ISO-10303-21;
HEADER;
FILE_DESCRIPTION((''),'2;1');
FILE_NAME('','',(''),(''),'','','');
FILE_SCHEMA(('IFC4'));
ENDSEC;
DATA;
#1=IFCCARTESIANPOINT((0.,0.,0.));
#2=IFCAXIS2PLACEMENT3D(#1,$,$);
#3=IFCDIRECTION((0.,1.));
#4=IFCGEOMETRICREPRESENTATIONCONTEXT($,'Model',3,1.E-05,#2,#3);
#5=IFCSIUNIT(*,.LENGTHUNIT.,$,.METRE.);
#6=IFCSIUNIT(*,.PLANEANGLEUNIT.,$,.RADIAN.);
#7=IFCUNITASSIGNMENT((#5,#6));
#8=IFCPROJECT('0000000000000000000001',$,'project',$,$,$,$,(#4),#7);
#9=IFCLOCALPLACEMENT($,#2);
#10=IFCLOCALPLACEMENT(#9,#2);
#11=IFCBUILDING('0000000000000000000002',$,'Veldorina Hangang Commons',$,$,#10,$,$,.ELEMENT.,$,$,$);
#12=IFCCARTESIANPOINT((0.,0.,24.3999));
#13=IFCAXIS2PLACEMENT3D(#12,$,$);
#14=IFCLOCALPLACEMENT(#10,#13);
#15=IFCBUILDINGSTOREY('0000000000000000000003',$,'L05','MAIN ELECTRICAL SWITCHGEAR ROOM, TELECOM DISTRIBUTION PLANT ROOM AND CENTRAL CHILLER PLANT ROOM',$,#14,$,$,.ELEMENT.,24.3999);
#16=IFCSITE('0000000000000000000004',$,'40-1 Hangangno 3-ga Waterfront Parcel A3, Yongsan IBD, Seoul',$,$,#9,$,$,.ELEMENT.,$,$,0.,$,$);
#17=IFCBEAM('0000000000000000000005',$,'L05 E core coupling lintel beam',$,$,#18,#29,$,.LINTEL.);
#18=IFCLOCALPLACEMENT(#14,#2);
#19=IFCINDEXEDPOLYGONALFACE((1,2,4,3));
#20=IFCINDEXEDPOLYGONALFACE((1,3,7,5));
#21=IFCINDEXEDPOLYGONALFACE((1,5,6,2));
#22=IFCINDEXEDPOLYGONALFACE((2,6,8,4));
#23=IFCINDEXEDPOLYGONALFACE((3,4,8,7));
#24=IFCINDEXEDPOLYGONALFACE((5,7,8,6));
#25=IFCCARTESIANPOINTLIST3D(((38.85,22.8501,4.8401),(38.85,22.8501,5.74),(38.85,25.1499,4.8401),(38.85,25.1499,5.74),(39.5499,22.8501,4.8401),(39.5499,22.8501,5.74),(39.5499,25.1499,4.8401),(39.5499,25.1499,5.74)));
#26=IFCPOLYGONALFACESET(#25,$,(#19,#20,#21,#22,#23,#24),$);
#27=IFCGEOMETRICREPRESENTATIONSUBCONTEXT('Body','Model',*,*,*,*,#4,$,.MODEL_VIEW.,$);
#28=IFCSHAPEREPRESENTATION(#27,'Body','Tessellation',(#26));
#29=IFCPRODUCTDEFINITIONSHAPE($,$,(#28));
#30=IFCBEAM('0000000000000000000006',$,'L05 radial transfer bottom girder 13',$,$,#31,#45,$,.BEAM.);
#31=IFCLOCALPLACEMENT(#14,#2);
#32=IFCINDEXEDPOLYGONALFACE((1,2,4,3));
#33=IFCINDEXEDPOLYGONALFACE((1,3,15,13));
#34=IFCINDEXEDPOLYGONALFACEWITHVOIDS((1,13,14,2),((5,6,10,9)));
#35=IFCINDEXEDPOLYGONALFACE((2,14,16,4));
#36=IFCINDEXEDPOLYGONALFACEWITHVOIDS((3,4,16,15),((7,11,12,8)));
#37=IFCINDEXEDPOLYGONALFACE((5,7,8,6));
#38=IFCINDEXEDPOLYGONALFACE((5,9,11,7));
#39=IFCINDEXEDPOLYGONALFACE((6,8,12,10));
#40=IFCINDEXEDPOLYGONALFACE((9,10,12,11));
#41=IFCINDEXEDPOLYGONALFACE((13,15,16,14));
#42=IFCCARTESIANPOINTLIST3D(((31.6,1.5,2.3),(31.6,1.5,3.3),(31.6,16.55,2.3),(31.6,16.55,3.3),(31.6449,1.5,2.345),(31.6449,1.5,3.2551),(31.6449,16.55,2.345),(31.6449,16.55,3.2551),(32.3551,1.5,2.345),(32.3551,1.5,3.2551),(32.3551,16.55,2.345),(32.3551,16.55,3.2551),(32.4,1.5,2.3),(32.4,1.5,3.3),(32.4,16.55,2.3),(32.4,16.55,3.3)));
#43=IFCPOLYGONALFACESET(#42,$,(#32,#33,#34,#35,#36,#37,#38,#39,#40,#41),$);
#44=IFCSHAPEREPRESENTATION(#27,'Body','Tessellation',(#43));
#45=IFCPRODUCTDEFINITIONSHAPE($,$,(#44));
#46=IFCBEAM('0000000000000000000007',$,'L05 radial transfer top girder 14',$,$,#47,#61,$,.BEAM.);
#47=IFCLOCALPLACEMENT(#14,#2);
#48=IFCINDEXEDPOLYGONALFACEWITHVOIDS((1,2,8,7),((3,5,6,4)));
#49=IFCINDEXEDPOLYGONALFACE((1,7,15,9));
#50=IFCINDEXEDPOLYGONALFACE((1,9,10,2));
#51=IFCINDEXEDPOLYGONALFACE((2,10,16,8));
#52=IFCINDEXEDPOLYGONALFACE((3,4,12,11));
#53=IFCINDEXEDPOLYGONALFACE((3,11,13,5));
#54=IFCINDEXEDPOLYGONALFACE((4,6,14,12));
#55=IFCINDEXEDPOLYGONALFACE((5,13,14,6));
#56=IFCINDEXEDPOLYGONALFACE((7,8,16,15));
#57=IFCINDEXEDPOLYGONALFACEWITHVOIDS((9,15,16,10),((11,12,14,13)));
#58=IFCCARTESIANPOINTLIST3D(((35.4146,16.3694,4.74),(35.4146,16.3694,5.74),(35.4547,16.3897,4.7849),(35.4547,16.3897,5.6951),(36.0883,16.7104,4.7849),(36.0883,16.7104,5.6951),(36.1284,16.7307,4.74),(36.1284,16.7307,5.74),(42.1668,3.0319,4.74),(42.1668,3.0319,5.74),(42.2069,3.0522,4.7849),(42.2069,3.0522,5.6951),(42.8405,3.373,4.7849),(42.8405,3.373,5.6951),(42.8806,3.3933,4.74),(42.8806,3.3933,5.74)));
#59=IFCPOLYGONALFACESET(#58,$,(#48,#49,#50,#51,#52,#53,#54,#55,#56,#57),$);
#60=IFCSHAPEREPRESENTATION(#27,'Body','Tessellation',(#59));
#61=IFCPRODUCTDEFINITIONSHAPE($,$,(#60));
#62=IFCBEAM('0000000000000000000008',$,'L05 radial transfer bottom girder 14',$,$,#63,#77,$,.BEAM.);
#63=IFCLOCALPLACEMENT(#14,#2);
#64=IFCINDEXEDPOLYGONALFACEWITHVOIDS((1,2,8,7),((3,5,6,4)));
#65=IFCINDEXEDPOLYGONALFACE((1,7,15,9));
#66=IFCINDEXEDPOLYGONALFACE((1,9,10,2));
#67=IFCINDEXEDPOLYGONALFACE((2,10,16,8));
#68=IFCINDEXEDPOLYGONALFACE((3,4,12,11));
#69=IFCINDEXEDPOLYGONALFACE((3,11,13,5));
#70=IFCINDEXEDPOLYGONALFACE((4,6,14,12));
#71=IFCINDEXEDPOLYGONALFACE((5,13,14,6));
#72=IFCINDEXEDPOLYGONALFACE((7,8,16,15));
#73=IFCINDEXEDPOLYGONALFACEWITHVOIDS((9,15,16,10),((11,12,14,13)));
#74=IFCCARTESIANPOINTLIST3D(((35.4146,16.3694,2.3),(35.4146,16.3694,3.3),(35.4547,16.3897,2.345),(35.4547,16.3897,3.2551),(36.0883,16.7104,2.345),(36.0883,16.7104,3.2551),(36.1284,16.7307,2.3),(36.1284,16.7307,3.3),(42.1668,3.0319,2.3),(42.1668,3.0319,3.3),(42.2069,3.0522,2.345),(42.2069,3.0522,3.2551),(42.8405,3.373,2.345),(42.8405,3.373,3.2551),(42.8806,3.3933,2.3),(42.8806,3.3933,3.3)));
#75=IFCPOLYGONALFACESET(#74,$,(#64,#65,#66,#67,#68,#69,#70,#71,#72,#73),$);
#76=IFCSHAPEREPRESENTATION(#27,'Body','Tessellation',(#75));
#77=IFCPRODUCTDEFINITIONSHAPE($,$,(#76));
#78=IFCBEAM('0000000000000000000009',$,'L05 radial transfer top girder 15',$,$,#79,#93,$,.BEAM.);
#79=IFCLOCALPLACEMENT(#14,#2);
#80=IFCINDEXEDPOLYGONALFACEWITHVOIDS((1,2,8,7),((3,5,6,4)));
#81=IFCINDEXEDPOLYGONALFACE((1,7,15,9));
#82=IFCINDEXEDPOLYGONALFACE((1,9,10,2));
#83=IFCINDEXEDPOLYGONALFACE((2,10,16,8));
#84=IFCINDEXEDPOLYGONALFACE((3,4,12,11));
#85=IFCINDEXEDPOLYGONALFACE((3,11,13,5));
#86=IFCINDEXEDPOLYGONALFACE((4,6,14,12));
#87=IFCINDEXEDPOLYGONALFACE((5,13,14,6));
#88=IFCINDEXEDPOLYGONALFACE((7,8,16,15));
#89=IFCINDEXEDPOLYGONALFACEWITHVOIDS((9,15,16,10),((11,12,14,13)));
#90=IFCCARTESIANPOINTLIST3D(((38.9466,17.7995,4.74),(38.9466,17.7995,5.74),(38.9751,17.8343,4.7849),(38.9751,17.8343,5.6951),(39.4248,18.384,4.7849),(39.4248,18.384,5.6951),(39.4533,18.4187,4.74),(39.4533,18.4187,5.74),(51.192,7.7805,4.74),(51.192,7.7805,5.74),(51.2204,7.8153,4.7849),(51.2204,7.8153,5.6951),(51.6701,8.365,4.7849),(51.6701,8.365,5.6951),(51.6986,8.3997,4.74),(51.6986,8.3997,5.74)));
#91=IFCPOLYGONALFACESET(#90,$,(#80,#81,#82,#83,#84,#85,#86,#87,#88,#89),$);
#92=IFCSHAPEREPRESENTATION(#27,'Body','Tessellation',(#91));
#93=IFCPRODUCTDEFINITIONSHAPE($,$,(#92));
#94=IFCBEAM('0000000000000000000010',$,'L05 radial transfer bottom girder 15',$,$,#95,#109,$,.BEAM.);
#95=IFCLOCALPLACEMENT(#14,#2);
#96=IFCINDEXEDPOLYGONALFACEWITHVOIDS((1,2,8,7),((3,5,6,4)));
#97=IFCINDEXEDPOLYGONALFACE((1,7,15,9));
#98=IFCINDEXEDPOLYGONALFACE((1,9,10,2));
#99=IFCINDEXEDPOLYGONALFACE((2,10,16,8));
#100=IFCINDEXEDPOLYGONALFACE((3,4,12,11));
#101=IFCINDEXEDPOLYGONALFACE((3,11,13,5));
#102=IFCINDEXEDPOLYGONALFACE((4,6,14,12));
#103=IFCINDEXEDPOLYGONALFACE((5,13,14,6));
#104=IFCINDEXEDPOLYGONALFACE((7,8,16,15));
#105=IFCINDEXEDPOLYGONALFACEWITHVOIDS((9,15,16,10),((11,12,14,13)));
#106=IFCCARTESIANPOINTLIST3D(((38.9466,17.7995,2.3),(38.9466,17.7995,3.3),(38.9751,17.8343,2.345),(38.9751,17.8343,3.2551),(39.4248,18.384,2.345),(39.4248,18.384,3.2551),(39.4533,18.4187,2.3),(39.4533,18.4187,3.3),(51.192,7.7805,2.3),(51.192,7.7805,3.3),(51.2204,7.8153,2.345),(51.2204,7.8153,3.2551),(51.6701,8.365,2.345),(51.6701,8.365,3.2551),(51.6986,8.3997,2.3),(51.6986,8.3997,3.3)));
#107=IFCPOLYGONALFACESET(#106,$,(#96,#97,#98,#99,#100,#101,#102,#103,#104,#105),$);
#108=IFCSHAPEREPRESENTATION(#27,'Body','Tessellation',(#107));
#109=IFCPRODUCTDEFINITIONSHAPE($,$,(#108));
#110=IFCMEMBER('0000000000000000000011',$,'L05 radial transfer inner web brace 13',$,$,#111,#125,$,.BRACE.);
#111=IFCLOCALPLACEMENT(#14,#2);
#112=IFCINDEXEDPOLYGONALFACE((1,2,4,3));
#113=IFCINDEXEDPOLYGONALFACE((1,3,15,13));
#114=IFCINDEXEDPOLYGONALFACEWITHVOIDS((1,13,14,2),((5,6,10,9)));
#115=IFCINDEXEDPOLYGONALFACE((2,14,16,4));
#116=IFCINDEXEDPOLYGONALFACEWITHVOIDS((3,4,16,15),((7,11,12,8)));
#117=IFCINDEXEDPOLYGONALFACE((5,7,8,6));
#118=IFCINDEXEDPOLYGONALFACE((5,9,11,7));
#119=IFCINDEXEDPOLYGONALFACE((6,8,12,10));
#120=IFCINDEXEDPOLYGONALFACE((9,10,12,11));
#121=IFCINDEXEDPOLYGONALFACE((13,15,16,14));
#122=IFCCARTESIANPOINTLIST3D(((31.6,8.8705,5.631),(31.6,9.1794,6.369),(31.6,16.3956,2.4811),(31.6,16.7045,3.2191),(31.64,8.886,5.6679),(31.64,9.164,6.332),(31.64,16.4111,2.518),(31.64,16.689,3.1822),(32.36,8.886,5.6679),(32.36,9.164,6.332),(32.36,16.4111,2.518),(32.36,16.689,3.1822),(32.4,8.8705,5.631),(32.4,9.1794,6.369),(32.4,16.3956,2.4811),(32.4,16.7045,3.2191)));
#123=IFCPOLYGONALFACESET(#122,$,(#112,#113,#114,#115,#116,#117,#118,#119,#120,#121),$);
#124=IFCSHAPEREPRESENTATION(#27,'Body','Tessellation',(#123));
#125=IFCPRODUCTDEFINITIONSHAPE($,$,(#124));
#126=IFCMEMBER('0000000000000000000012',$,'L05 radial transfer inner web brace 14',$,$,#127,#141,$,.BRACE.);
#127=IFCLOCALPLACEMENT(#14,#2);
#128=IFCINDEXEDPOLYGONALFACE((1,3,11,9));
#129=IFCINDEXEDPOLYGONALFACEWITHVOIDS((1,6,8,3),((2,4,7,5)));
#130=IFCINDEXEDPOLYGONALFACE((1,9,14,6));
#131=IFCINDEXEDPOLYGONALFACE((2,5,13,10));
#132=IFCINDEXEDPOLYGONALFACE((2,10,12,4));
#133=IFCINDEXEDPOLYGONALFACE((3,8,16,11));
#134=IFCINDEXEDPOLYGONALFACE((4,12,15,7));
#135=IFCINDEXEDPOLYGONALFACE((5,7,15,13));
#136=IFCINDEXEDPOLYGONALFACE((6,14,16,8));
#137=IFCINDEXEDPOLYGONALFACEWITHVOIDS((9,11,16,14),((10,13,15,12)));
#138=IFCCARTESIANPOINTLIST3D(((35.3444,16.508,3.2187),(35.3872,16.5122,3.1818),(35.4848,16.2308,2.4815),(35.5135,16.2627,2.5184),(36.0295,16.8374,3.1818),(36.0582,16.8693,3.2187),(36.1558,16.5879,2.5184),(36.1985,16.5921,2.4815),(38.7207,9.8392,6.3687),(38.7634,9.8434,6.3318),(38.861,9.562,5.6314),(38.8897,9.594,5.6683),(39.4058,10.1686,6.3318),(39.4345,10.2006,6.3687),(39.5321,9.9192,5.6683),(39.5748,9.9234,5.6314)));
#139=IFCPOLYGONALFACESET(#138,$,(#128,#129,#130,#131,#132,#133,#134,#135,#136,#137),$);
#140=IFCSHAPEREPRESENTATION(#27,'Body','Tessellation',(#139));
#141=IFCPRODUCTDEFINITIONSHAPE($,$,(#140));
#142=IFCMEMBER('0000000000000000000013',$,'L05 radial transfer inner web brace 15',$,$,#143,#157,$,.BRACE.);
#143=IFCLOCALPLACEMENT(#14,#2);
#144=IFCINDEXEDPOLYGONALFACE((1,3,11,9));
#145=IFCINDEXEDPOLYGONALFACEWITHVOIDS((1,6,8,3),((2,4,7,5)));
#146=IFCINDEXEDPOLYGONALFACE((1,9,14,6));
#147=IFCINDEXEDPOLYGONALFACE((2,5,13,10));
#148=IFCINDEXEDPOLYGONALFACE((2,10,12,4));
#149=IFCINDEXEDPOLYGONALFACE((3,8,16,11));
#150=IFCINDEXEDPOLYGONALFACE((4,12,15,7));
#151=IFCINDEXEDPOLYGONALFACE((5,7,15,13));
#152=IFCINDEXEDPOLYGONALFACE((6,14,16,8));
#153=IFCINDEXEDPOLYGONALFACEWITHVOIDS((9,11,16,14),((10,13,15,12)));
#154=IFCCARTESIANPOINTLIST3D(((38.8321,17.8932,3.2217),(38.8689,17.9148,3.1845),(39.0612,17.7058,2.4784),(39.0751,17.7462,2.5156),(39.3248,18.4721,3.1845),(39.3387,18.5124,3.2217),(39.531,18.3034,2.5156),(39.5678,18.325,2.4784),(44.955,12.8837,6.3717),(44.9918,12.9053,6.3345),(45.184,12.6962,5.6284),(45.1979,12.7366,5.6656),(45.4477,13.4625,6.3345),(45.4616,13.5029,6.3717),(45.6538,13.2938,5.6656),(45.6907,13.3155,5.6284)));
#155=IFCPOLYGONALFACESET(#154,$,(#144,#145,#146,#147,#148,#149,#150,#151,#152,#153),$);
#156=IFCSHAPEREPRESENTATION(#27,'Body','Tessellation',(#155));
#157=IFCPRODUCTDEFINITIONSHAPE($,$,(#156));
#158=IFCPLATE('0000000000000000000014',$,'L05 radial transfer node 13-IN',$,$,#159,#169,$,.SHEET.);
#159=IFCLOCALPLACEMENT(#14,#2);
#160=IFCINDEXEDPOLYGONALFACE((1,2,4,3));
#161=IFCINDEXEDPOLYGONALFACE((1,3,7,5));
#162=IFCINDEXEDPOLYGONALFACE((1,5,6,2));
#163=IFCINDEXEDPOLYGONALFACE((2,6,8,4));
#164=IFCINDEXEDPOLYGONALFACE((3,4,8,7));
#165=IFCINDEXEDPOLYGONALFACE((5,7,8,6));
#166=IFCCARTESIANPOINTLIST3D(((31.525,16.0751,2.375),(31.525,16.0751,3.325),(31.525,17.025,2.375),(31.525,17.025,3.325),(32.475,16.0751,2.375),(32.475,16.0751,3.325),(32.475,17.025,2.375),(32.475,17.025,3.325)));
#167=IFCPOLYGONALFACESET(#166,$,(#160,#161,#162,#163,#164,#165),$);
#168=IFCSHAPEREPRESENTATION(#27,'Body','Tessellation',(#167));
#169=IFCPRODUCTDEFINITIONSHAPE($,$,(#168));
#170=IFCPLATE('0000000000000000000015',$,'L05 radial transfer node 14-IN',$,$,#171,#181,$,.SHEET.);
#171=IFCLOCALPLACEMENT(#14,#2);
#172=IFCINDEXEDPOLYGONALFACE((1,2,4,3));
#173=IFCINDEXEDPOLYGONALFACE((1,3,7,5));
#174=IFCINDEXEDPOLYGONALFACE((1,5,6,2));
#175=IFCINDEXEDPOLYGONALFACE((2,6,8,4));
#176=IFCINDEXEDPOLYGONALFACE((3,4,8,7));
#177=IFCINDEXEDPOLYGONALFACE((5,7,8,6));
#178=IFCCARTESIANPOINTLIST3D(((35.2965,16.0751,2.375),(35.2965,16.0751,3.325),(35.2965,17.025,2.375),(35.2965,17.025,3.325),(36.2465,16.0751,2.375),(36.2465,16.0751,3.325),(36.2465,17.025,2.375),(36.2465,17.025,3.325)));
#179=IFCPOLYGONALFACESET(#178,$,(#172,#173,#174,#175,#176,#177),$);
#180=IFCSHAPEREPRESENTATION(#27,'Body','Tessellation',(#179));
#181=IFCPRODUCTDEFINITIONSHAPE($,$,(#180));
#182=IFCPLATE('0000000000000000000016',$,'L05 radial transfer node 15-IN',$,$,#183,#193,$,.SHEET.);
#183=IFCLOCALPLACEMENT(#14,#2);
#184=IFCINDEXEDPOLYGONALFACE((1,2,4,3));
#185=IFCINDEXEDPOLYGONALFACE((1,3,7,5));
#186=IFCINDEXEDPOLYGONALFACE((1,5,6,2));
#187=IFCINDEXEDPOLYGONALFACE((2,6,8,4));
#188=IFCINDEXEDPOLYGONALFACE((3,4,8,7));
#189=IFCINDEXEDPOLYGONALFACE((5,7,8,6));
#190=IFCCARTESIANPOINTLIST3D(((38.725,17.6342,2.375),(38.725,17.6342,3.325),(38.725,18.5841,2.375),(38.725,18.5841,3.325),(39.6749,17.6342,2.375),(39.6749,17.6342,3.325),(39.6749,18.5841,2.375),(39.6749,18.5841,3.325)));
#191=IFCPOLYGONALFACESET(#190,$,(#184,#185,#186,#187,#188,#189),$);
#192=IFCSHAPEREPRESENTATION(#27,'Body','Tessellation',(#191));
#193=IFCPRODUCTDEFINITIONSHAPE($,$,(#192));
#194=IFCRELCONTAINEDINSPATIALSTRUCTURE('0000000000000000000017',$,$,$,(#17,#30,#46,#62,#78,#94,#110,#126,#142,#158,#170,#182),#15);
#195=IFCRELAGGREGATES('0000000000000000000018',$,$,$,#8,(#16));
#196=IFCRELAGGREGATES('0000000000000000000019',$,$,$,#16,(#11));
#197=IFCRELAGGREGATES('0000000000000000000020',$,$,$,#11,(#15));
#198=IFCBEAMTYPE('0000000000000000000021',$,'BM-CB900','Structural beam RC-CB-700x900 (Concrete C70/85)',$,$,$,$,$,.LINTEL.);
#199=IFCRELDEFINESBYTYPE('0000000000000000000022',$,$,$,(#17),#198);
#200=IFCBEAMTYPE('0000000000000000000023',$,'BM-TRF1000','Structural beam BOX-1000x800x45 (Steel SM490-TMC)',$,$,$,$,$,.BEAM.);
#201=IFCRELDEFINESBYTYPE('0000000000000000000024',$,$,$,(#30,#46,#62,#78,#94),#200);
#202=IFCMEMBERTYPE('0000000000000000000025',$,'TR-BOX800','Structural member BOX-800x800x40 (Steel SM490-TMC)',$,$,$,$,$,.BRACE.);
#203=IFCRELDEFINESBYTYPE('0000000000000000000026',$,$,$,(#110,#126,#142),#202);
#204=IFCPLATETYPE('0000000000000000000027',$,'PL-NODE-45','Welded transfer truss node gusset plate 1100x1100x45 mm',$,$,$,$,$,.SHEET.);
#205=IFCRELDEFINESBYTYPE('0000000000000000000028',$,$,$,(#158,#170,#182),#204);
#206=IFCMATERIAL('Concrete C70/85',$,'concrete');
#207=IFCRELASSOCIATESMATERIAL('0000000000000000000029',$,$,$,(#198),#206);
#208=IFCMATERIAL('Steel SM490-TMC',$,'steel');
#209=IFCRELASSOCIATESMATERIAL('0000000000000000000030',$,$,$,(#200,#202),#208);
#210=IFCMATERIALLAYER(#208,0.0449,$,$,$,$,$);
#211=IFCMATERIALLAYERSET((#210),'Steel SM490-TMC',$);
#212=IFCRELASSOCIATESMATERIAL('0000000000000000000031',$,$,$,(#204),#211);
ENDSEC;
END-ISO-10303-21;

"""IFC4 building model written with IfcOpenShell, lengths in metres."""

from ifc_helpers import new_model, si_unit, direction, frame, origin, origin_2d, place, context, subcontext, project, spatial, rectangle, hollow_rectangle, extrude, material, layer, layer_set, material_profile, profile_set, type_object, element, save


model = new_model("IFC4")

# Units and contexts
model_context = context("Model", 3, precision=1e-05, world=origin(), true_north=direction((0.0, 1.0)))
body_context = subcontext(model_context, "Body", "Model", "MODEL_VIEW")
ifc_project = project(units=[si_unit("LENGTHUNIT", "METRE"), si_unit("PLANEANGLEUNIT", "RADIAN")], contexts=[model_context])

# Site, building, storey
site_placement = place(None, origin())
site = spatial("IfcSite", under=ifc_project, at=site_placement, Name="40-1 Hangangno 3-ga Waterfront Parcel A3, Yongsan IBD, Seoul", CompositionType="ELEMENT", RefElevation=0.0)
building_placement = place(site_placement, origin())
building = spatial("IfcBuilding", under=site, at=building_placement, Name="Veldorina Hangang Commons", CompositionType="ELEMENT")
storey_placement = place(building_placement, frame((0.0, 0.0, 24.3999)))
storey = spatial("IfcBuildingStorey", under=building, at=storey_placement, Name="L05", Description="MAIN ELECTRICAL SWITCHGEAR ROOM, TELECOM DISTRIBUTION PLANT ROOM AND CENTRAL CHILLER PLANT ROOM", CompositionType="ELEMENT", Elevation=24.3999)

# Beams
ifc_material_1 = material(Name="Concrete C70/85", Category="concrete")
ifc_material_profile_1 = material_profile(ifc_material_1, rectangle(XDim=0.7, YDim=0.8999, at=origin_2d()), Name="RC-CB-700x900")
ifc_profile_set_1 = profile_set([ifc_material_profile_1], Name="Concrete C70/85")
beam_type_1 = type_object("IfcBeamType", Name="BM-CB900", Description="Structural beam RC-CB-700x900 (Concrete C70/85)", PredefinedType="LINTEL", material=ifc_profile_set_1)
beam_1_placement = place(storey_placement, frame((39.2, 22.8501, 5.29), z_axis=(0.0, 1.0, 0.0), x_axis=(-1.0, 0.0, 0.0)))
element("IfcBeam", 1, at=beam_1_placement, inside=storey, type_object=beam_type_1, Name="L05 E core coupling lintel beam", PredefinedType="LINTEL", context=body_context, shape_type="SweptSolid", body=[
    extrude(rectangle(XDim=0.7, YDim=0.8999, at=origin_2d()), origin(), (0.0, 0.0, 1.0), 2.2998),
])
ifc_material_2 = material(Name="Steel SM490-TMC", Category="steel")
ifc_material_profile_2 = material_profile(ifc_material_2, hollow_rectangle(XDim=0.8, YDim=1.0, WallThickness=0.0449, at=origin_2d()), Name="BOX-1000x800x45")
ifc_profile_set_2 = profile_set([ifc_material_profile_2], Name="Steel SM490-TMC")
beam_type_2 = type_object("IfcBeamType", Name="BM-TRF1000", Description="Structural beam BOX-1000x800x45 (Steel SM490-TMC)", PredefinedType="BEAM", material=ifc_profile_set_2)
beam_2_placement = place(storey_placement, frame((32.0, 16.55, 2.8), z_axis=(0.0, -1.0, 0.0), x_axis=(1.0, 0.0, 0.0)))
element("IfcBeam", 2, at=beam_2_placement, inside=storey, type_object=beam_type_2, Name="L05 radial transfer bottom girder 13", PredefinedType="BEAM", context=body_context, shape_type="SweptSolid", body=[
    extrude(hollow_rectangle(XDim=0.8, YDim=1.0, WallThickness=0.0449, at=origin_2d()), origin(), (0.0, 0.0, 1.0), 15.05),
])
for number, where, z_axis, x_axis, name in (
    (3, (35.7715, 16.55, 5.24), (0.451676, -0.892182, 0.0), (0.892182, 0.451676, 0.0), "L05 radial transfer top girder 14"),
    (4, (35.7715, 16.55, 2.8), (0.451676, -0.892182, 0.0), (0.892182, 0.451676, 0.0), "L05 radial transfer bottom girder 14"),
):
    element("IfcBeam", number, at=place(storey_placement, frame(where, z_axis=z_axis, x_axis=x_axis)), inside=storey, type_object=beam_type_2, Name=name, PredefinedType="BEAM", context=body_context, shape_type="SweptSolid", body=[
        extrude(hollow_rectangle(XDim=0.8, YDim=1.0, WallThickness=0.0449, at=origin_2d()), origin(), (0.0, 0.0, 1.0), 14.9492),
    ])
for number, where, z_axis, x_axis, name in (
    (5, (39.2, 18.1091, 5.24), (0.773954, -0.633242, 0.0), (0.633242, 0.773954, 0.0), "L05 radial transfer top girder 15"),
    (6, (39.2, 18.1091, 2.8), (0.773954, -0.633242, 0.0), (0.633242, 0.773954, 0.0), "L05 radial transfer bottom girder 15"),
):
    element("IfcBeam", number, at=place(storey_placement, frame(where, z_axis=z_axis, x_axis=x_axis)), inside=storey, type_object=beam_type_2, Name=name, PredefinedType="BEAM", context=body_context, shape_type="SweptSolid", body=[
        extrude(hollow_rectangle(XDim=0.8, YDim=1.0, WallThickness=0.0449, at=origin_2d()), origin(), (0.0, 0.0, 1.0), 15.8218),
    ])

# Members
ifc_material_profile_3 = material_profile(ifc_material_2, hollow_rectangle(XDim=0.8, YDim=0.8, WallThickness=0.04, at=origin_2d()), Name="BOX-800x800x40")
ifc_profile_set_3 = profile_set([ifc_material_profile_3], Name="Steel SM490-TMC")
member_type = type_object("IfcMemberType", Name="TR-BOX800", Description="Structural member BOX-800x800x40 (Steel SM490-TMC)", PredefinedType="BRACE", material=ifc_profile_set_3)
member_1_placement = place(storey_placement, frame((32.0, 16.55, 2.8501), z_axis=(0.0, -0.922448, 0.386122), x_axis=(1.0, 0.0, 0.0)))
element("IfcMember", 7, at=member_1_placement, inside=storey, type_object=member_type, Name="L05 radial transfer inner web brace 13", PredefinedType="BRACE", context=body_context, shape_type="SweptSolid", body=[
    extrude(hollow_rectangle(XDim=0.8, YDim=0.8, WallThickness=0.04, at=origin_2d()), origin(), (0.0, 0.0, 1.0), 8.1577),
])
member_2_placement = place(storey_placement, frame((35.7715, 16.55, 2.8501), z_axis=(0.416239, -0.822155, 0.388338), x_axis=(0.892175, 0.451689, 0.0)))
element("IfcMember", 8, at=member_2_placement, inside=storey, type_object=member_type, Name="L05 radial transfer inner web brace 14", PredefinedType="BRACE", context=body_context, shape_type="SweptSolid", body=[
    extrude(hollow_rectangle(XDim=0.8, YDim=0.8, WallThickness=0.04, at=origin_2d()), origin(), (0.0, 0.0, 1.0), 8.1113),
])
member_3_placement = place(storey_placement, frame((39.2, 18.1091, 2.8501), z_axis=(0.719057, -0.588315, 0.369922), x_axis=(0.633234, 0.77396, 0.0)))
element("IfcMember", 9, at=member_3_placement, inside=storey, type_object=member_type, Name="L05 radial transfer inner web brace 15", PredefinedType="BRACE", context=body_context, shape_type="SweptSolid", body=[
    extrude(hollow_rectangle(XDim=0.8, YDim=0.8, WallThickness=0.04, at=origin_2d()), origin(), (0.0, 0.0, 1.0), 8.5151),
])

# Plates
ifc_layer_1 = layer(ifc_material_2, 0.0449)
ifc_layer_set_1 = layer_set([ifc_layer_1], Name="Steel SM490-TMC")
plate_type = type_object("IfcPlateType", Name="PL-NODE-45", Description="Welded transfer truss node gusset plate 1100x1100x45 mm", PredefinedType="SHEET", material=ifc_layer_set_1)
for number, where, z_axis, x_axis, name in (
    (10, (32.0, 16.55, 2.375), (0.0, 0.0, 1.0), (1.0, 0.0, 0.0), "L05 radial transfer node 13-IN"),
    (11, (35.7715, 16.55, 2.375), (0.0, 0.0, 1.0), (1.0, 0.0, 0.0), "L05 radial transfer node 14-IN"),
    (12, (39.2, 18.1091, 2.375), (0.0, 0.0, 1.0), (1.0, 0.0, 0.0), "L05 radial transfer node 15-IN"),
):
    element("IfcPlate", number, at=place(storey_placement, frame(where, z_axis=z_axis, x_axis=x_axis)), inside=storey, type_object=plate_type, Name=name, PredefinedType="SHEET", context=body_context, shape_type="SweptSolid", body=[
        extrude(rectangle(XDim=0.95, YDim=0.95, at=origin_2d()), origin(), (0.0, 0.0, 1.0), 0.95),
    ])

save(model, "model.ifc")
